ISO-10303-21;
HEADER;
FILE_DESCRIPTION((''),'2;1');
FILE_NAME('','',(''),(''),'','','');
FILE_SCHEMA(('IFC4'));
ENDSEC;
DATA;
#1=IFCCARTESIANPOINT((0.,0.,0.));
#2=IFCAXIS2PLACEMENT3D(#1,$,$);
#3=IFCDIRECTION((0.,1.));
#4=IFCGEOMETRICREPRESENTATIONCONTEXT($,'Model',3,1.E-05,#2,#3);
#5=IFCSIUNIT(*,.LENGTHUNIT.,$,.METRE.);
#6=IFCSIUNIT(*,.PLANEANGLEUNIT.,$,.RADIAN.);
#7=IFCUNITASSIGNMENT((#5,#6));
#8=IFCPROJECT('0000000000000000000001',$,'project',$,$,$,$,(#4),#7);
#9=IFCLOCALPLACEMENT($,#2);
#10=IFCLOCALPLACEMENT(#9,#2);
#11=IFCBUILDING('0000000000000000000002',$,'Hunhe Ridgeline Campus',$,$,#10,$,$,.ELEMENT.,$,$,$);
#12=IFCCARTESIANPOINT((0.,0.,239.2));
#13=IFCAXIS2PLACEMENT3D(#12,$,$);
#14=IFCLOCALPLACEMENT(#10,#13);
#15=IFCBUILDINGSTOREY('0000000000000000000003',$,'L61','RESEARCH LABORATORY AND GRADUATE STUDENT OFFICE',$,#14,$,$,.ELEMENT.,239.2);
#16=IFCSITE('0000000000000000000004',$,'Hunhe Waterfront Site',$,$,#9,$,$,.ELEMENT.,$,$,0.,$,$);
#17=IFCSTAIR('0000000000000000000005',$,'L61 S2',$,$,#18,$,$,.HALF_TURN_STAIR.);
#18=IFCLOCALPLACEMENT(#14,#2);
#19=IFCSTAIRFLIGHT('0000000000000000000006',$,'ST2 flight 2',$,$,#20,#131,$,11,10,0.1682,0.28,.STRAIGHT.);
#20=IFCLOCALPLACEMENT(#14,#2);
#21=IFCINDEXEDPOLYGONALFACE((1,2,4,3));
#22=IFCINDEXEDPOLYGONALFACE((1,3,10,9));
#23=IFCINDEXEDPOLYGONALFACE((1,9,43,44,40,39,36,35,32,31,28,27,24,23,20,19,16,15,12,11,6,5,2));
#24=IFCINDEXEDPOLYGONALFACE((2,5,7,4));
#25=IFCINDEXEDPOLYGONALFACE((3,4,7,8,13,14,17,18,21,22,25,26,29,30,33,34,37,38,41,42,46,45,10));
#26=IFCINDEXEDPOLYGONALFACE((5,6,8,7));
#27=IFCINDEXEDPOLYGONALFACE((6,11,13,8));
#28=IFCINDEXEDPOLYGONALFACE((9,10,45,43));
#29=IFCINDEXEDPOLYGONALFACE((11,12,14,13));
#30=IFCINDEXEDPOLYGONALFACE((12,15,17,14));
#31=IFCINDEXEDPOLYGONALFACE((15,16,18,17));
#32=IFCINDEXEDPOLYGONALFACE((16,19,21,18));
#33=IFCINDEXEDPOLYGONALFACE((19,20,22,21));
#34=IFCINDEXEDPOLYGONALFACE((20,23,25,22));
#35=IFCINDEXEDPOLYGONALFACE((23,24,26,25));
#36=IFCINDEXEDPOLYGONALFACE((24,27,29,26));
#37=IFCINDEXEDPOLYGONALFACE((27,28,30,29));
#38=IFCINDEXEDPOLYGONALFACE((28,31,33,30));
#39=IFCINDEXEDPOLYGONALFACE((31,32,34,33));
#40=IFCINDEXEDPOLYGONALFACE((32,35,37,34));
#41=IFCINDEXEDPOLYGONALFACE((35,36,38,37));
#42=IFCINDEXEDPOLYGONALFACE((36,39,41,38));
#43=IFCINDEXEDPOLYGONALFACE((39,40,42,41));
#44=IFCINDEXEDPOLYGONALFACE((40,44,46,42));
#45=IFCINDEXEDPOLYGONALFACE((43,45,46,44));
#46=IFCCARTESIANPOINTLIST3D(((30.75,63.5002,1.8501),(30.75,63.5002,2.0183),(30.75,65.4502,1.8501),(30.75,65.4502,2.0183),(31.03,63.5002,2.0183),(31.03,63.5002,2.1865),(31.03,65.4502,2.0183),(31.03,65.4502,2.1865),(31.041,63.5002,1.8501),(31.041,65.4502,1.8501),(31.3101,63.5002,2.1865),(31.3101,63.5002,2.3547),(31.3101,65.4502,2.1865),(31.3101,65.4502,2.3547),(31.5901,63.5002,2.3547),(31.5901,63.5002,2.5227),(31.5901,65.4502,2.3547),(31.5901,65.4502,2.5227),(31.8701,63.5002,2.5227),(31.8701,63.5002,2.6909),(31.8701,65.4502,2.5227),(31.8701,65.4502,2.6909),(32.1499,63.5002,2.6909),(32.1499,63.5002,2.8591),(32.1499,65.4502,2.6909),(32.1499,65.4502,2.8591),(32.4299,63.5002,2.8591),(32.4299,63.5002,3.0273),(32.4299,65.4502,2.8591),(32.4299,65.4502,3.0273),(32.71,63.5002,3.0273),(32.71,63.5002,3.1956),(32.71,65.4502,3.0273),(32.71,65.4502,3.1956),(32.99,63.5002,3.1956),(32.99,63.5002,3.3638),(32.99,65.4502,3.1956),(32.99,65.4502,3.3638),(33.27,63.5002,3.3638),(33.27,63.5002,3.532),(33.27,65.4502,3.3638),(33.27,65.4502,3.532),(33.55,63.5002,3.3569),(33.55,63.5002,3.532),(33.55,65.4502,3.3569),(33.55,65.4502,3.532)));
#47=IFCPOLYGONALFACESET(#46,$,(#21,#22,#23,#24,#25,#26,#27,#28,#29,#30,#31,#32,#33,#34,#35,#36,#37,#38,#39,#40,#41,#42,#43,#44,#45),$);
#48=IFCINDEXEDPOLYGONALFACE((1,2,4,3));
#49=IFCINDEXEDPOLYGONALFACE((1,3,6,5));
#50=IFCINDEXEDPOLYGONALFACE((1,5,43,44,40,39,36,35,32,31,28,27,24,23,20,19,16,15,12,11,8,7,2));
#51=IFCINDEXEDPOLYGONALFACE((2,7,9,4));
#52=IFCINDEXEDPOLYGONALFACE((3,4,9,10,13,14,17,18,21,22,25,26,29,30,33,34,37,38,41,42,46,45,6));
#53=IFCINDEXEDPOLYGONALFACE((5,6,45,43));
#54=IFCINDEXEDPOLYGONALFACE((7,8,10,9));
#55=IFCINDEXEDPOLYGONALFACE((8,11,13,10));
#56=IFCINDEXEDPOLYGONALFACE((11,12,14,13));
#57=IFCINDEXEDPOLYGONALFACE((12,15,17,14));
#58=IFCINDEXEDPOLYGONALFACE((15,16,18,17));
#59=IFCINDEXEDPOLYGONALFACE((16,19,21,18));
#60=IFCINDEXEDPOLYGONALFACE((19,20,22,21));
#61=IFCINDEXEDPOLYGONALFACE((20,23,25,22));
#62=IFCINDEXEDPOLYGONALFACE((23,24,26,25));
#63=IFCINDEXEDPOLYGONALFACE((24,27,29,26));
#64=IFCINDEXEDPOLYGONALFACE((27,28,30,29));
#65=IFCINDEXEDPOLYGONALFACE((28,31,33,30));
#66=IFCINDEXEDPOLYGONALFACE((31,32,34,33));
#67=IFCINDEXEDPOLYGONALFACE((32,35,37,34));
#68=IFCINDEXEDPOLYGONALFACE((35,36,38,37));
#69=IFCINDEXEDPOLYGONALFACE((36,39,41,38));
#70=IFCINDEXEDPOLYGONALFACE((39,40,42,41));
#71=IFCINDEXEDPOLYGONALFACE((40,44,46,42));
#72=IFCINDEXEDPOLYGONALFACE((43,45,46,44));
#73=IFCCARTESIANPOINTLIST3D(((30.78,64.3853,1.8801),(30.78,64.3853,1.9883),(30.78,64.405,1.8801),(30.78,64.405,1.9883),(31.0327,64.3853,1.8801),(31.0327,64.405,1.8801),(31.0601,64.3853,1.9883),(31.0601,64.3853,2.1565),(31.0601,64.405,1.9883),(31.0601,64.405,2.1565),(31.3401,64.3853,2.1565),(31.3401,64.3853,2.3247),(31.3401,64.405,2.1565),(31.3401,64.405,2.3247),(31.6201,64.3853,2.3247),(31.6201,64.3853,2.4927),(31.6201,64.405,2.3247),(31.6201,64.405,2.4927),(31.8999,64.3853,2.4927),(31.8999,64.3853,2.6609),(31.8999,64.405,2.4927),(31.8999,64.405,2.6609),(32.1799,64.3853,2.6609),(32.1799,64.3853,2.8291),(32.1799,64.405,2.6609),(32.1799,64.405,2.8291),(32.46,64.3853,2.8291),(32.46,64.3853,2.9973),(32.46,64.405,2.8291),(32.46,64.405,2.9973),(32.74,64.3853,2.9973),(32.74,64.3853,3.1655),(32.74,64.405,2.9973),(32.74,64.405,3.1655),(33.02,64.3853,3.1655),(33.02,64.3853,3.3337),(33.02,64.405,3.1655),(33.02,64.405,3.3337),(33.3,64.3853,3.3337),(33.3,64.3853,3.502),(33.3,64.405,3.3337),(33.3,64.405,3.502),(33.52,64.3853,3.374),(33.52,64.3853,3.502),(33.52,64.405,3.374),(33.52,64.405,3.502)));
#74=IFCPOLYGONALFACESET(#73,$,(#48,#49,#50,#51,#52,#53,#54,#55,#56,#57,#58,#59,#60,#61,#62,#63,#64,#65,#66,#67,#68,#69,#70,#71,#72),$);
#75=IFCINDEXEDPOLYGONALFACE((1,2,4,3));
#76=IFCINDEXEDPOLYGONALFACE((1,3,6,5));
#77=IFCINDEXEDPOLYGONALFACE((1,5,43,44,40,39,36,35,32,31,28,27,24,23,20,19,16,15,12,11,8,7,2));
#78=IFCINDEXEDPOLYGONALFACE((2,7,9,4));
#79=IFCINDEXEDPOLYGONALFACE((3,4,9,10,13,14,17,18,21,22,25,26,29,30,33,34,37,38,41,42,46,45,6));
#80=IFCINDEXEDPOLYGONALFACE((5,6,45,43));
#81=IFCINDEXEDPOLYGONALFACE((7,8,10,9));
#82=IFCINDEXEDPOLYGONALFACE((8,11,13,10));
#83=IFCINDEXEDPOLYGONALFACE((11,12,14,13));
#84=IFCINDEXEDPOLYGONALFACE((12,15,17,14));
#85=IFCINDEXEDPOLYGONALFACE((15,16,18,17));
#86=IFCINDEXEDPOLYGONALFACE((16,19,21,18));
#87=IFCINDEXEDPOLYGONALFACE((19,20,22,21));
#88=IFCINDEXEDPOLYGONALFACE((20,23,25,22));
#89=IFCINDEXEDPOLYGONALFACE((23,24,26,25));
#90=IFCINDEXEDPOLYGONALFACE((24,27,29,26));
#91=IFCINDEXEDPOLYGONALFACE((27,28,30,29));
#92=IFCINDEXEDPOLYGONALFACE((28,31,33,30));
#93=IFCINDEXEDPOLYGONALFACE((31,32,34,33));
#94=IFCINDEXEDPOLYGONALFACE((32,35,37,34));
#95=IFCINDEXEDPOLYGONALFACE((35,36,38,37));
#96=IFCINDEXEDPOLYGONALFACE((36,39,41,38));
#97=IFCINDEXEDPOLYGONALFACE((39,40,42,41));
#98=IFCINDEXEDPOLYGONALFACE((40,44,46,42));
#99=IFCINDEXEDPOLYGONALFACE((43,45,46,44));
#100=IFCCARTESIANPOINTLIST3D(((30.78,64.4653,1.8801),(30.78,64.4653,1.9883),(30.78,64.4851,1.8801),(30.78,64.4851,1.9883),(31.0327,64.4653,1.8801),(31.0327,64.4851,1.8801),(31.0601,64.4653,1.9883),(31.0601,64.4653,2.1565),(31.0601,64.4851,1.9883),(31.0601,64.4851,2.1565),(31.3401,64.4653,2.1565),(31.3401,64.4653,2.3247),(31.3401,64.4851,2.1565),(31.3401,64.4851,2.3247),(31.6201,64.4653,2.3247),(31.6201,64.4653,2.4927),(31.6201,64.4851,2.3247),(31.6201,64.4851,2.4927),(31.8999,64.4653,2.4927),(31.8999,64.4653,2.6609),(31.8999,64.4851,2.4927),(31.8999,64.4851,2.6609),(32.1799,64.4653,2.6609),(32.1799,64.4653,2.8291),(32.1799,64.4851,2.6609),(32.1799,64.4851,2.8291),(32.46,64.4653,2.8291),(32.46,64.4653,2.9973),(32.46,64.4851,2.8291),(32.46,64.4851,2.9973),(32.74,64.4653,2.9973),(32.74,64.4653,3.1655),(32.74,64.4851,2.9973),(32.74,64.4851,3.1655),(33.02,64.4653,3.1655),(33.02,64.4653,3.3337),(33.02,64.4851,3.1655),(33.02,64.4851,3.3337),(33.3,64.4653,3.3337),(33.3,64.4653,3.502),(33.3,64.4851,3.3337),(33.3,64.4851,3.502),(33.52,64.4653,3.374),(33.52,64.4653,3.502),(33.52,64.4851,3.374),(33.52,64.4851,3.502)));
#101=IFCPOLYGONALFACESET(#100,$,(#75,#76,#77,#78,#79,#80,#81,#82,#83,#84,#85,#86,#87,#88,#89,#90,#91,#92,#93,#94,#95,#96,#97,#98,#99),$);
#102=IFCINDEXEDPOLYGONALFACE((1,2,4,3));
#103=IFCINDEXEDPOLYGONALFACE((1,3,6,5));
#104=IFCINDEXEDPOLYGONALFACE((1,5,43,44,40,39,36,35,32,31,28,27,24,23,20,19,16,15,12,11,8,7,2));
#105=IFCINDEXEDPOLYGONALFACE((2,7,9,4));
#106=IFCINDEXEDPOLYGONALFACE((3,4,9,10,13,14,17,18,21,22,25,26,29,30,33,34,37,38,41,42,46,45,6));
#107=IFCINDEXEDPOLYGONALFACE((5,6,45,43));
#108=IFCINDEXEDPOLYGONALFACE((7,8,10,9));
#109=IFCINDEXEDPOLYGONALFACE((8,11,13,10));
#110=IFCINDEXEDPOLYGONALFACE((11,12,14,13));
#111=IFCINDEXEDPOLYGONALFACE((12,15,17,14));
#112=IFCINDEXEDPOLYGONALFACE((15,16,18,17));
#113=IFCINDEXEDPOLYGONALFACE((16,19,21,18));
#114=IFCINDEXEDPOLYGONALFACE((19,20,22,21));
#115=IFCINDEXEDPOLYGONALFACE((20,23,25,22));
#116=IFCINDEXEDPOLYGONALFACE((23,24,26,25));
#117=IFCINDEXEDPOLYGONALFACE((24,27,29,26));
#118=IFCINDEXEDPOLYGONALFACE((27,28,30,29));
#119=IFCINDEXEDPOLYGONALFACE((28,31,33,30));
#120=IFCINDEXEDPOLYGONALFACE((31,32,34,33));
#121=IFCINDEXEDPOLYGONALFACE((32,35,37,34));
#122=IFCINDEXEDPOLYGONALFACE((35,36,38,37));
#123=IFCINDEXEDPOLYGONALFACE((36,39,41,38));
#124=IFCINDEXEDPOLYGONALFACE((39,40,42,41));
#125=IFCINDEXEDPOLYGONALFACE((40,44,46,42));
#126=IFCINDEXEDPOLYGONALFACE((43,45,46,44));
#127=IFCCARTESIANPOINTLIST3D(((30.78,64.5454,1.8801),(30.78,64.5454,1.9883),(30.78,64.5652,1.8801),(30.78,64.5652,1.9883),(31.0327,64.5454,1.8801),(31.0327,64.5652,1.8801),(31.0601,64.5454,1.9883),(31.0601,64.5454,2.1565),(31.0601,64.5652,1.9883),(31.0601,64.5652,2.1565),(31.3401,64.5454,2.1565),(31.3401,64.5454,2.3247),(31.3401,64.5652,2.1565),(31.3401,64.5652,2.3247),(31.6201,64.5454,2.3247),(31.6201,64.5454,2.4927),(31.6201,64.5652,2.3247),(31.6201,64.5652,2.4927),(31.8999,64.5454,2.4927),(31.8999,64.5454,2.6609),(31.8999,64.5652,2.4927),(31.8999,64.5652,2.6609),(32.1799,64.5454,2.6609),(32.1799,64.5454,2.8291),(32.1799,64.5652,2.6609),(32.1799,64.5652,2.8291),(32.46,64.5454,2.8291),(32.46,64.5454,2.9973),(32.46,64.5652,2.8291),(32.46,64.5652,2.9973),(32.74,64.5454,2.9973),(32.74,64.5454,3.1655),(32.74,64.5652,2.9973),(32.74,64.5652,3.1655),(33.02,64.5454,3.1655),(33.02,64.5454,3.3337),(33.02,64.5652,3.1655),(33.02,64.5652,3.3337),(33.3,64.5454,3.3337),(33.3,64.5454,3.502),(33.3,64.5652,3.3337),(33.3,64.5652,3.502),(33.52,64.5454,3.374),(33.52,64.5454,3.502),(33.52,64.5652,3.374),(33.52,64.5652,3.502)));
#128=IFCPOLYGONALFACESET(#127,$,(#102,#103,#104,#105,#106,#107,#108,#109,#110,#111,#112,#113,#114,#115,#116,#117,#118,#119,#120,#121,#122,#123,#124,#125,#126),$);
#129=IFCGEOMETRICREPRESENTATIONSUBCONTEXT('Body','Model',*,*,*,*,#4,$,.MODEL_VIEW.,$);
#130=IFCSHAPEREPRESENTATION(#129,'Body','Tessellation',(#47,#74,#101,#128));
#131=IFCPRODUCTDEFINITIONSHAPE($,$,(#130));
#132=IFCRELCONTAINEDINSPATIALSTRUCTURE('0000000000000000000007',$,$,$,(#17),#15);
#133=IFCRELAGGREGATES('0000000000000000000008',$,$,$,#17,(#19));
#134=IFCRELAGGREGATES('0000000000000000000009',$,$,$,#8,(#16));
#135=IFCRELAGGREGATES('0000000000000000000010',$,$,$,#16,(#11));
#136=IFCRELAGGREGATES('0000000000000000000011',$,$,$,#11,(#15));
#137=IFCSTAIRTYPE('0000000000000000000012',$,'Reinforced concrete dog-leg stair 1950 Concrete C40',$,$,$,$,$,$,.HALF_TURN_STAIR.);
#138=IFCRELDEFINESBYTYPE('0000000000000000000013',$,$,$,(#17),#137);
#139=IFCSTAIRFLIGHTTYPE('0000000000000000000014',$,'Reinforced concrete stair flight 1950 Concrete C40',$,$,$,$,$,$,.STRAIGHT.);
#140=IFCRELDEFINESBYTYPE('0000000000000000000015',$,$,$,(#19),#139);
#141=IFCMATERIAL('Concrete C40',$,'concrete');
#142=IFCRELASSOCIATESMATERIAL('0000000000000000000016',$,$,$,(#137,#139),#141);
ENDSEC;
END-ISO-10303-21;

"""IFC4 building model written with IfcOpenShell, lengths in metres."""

from ifc_helpers import new_model, si_unit, direction, frame, origin, place, context, subcontext, project, spatial, polyline, outline, extrude, material, type_object, element, aggregate, save


model = new_model("IFC4")

# Units and contexts
model_context = context("Model", 3, precision=1e-05, world=origin(), true_north=direction((0.0, 1.0)))
body_context = subcontext(model_context, "Body", "Model", "MODEL_VIEW")
ifc_project = project(units=[si_unit("LENGTHUNIT", "METRE"), si_unit("PLANEANGLEUNIT", "RADIAN")], contexts=[model_context])

# Site, building, storey
site_placement = place(None, origin())
site = spatial("IfcSite", under=ifc_project, at=site_placement, Name="Hunhe Waterfront Site", CompositionType="ELEMENT", RefElevation=0.0)
building_placement = place(site_placement, origin())
building = spatial("IfcBuilding", under=site, at=building_placement, Name="Hunhe Ridgeline Campus", CompositionType="ELEMENT")
storey_placement = place(building_placement, frame((0.0, 0.0, 239.2)))
storey = spatial("IfcBuildingStorey", under=building, at=storey_placement, Name="L61", Description="RESEARCH LABORATORY AND GRADUATE STUDENT OFFICE", CompositionType="ELEMENT", Elevation=239.2)

# Stair, stair flight
ifc_material_1 = material(Name="Concrete C40", Category="concrete")
stair_type = type_object("IfcStairType", Name="Reinforced concrete dog-leg stair 1950 Concrete C40", PredefinedType="HALF_TURN_STAIR", material=ifc_material_1)
stair_placement = place(storey_placement, origin())
stair = element("IfcStair", 1, at=stair_placement, inside=storey, type_object=stair_type, Name="L61 S2", PredefinedType="HALF_TURN_STAIR")
stair_flight_type = type_object("IfcStairFlightType", Name="Reinforced concrete stair flight 1950 Concrete C40", PredefinedType="STRAIGHT", material=ifc_material_1)
stair_flight_1_placement = place(storey_placement, frame((30.75, 64.4751, 1.8501), z_axis=(0.0, 0.0, 1.0), x_axis=(1.0, 0.0, 0.0)))
stair_flight_1 = element("IfcStairFlight", 2, at=stair_flight_1_placement, type_object=stair_flight_type, Name="ST2 flight 2", NumberOfRisers=11, NumberOfTreads=10, PredefinedType="STRAIGHT", RiserHeight=0.1682, TreadLength=0.28, context=body_context, shape_type="SweptSolid", body=[
    extrude(outline(polyline([(0.0, 0.0), (0.0, 0.1682), (0.28, 0.1682), (0.28, 0.3364), (0.5601, 0.3364), (0.5601, 0.5046), (0.8401, 0.5046), (0.8401, 0.6726), (1.1201, 0.6726), (1.1201, 0.8408), (1.3999, 0.8408), (1.3999, 1.009), (1.6799, 1.009), (1.6799, 1.1772), (1.96, 1.1772), (1.96, 1.3455), (2.24, 1.3455), (2.24, 1.5137), (2.52, 1.5137), (2.52, 1.6819), (2.8, 1.6819), (2.8, 1.8501), (2.8, 1.5068), (0.291, 0.0), (0.0, 0.0)])), frame((0.0, 0.9751, 0.0), z_axis=(0.0, -1.0, 0.0), x_axis=(1.0, 0.0, 0.0)), (0.0, 0.0, 1.0), 1.95),
    extrude(outline(polyline([(0.03, 0.03), (0.03, 0.1382), (0.3101, 0.1382), (0.3101, 0.3064), (0.5901, 0.3064), (0.5901, 0.4746), (0.8701, 0.4746), (0.8701, 0.6426), (1.1499, 0.6426), (1.1499, 0.8108), (1.4299, 0.8108), (1.4299, 0.979), (1.71, 0.979), (1.71, 1.1472), (1.99, 1.1472), (1.99, 1.3154), (2.27, 1.3154), (2.27, 1.4836), (2.55, 1.4836), (2.55, 1.6519), (2.77, 1.6519), (2.77, 1.5239), (0.2827, 0.03), (0.03, 0.03)])), frame((0.0, -0.0701, 0.0), z_axis=(0.0, -1.0, 0.0), x_axis=(1.0, 0.0, 0.0)), (0.0, 0.0, 1.0), 0.0198),
    extrude(outline(polyline([(0.03, 0.03), (0.03, 0.1382), (0.3101, 0.1382), (0.3101, 0.3064), (0.5901, 0.3064), (0.5901, 0.4746), (0.8701, 0.4746), (0.8701, 0.6426), (1.1499, 0.6426), (1.1499, 0.8108), (1.4299, 0.8108), (1.4299, 0.979), (1.71, 0.979), (1.71, 1.1472), (1.99, 1.1472), (1.99, 1.3154), (2.27, 1.3154), (2.27, 1.4836), (2.55, 1.4836), (2.55, 1.6519), (2.77, 1.6519), (2.77, 1.5239), (0.2827, 0.03), (0.03, 0.03)])), frame((0.0, 0.01, 0.0), z_axis=(0.0, -1.0, 0.0), x_axis=(1.0, 0.0, 0.0)), (0.0, 0.0, 1.0), 0.0198),
    extrude(outline(polyline([(0.03, 0.03), (0.03, 0.1382), (0.3101, 0.1382), (0.3101, 0.3064), (0.5901, 0.3064), (0.5901, 0.4746), (0.8701, 0.4746), (0.8701, 0.6426), (1.1499, 0.6426), (1.1499, 0.8108), (1.4299, 0.8108), (1.4299, 0.979), (1.71, 0.979), (1.71, 1.1472), (1.99, 1.1472), (1.99, 1.3154), (2.27, 1.3154), (2.27, 1.4836), (2.55, 1.4836), (2.55, 1.6519), (2.77, 1.6519), (2.77, 1.5239), (0.2827, 0.03), (0.03, 0.03)])), frame((0.0, 0.0901, 0.0), z_axis=(0.0, -1.0, 0.0), x_axis=(1.0, 0.0, 0.0)), (0.0, 0.0, 1.0), 0.0198),
])
aggregate(stair, [stair_flight_1])

save(model, "model.ifc")
